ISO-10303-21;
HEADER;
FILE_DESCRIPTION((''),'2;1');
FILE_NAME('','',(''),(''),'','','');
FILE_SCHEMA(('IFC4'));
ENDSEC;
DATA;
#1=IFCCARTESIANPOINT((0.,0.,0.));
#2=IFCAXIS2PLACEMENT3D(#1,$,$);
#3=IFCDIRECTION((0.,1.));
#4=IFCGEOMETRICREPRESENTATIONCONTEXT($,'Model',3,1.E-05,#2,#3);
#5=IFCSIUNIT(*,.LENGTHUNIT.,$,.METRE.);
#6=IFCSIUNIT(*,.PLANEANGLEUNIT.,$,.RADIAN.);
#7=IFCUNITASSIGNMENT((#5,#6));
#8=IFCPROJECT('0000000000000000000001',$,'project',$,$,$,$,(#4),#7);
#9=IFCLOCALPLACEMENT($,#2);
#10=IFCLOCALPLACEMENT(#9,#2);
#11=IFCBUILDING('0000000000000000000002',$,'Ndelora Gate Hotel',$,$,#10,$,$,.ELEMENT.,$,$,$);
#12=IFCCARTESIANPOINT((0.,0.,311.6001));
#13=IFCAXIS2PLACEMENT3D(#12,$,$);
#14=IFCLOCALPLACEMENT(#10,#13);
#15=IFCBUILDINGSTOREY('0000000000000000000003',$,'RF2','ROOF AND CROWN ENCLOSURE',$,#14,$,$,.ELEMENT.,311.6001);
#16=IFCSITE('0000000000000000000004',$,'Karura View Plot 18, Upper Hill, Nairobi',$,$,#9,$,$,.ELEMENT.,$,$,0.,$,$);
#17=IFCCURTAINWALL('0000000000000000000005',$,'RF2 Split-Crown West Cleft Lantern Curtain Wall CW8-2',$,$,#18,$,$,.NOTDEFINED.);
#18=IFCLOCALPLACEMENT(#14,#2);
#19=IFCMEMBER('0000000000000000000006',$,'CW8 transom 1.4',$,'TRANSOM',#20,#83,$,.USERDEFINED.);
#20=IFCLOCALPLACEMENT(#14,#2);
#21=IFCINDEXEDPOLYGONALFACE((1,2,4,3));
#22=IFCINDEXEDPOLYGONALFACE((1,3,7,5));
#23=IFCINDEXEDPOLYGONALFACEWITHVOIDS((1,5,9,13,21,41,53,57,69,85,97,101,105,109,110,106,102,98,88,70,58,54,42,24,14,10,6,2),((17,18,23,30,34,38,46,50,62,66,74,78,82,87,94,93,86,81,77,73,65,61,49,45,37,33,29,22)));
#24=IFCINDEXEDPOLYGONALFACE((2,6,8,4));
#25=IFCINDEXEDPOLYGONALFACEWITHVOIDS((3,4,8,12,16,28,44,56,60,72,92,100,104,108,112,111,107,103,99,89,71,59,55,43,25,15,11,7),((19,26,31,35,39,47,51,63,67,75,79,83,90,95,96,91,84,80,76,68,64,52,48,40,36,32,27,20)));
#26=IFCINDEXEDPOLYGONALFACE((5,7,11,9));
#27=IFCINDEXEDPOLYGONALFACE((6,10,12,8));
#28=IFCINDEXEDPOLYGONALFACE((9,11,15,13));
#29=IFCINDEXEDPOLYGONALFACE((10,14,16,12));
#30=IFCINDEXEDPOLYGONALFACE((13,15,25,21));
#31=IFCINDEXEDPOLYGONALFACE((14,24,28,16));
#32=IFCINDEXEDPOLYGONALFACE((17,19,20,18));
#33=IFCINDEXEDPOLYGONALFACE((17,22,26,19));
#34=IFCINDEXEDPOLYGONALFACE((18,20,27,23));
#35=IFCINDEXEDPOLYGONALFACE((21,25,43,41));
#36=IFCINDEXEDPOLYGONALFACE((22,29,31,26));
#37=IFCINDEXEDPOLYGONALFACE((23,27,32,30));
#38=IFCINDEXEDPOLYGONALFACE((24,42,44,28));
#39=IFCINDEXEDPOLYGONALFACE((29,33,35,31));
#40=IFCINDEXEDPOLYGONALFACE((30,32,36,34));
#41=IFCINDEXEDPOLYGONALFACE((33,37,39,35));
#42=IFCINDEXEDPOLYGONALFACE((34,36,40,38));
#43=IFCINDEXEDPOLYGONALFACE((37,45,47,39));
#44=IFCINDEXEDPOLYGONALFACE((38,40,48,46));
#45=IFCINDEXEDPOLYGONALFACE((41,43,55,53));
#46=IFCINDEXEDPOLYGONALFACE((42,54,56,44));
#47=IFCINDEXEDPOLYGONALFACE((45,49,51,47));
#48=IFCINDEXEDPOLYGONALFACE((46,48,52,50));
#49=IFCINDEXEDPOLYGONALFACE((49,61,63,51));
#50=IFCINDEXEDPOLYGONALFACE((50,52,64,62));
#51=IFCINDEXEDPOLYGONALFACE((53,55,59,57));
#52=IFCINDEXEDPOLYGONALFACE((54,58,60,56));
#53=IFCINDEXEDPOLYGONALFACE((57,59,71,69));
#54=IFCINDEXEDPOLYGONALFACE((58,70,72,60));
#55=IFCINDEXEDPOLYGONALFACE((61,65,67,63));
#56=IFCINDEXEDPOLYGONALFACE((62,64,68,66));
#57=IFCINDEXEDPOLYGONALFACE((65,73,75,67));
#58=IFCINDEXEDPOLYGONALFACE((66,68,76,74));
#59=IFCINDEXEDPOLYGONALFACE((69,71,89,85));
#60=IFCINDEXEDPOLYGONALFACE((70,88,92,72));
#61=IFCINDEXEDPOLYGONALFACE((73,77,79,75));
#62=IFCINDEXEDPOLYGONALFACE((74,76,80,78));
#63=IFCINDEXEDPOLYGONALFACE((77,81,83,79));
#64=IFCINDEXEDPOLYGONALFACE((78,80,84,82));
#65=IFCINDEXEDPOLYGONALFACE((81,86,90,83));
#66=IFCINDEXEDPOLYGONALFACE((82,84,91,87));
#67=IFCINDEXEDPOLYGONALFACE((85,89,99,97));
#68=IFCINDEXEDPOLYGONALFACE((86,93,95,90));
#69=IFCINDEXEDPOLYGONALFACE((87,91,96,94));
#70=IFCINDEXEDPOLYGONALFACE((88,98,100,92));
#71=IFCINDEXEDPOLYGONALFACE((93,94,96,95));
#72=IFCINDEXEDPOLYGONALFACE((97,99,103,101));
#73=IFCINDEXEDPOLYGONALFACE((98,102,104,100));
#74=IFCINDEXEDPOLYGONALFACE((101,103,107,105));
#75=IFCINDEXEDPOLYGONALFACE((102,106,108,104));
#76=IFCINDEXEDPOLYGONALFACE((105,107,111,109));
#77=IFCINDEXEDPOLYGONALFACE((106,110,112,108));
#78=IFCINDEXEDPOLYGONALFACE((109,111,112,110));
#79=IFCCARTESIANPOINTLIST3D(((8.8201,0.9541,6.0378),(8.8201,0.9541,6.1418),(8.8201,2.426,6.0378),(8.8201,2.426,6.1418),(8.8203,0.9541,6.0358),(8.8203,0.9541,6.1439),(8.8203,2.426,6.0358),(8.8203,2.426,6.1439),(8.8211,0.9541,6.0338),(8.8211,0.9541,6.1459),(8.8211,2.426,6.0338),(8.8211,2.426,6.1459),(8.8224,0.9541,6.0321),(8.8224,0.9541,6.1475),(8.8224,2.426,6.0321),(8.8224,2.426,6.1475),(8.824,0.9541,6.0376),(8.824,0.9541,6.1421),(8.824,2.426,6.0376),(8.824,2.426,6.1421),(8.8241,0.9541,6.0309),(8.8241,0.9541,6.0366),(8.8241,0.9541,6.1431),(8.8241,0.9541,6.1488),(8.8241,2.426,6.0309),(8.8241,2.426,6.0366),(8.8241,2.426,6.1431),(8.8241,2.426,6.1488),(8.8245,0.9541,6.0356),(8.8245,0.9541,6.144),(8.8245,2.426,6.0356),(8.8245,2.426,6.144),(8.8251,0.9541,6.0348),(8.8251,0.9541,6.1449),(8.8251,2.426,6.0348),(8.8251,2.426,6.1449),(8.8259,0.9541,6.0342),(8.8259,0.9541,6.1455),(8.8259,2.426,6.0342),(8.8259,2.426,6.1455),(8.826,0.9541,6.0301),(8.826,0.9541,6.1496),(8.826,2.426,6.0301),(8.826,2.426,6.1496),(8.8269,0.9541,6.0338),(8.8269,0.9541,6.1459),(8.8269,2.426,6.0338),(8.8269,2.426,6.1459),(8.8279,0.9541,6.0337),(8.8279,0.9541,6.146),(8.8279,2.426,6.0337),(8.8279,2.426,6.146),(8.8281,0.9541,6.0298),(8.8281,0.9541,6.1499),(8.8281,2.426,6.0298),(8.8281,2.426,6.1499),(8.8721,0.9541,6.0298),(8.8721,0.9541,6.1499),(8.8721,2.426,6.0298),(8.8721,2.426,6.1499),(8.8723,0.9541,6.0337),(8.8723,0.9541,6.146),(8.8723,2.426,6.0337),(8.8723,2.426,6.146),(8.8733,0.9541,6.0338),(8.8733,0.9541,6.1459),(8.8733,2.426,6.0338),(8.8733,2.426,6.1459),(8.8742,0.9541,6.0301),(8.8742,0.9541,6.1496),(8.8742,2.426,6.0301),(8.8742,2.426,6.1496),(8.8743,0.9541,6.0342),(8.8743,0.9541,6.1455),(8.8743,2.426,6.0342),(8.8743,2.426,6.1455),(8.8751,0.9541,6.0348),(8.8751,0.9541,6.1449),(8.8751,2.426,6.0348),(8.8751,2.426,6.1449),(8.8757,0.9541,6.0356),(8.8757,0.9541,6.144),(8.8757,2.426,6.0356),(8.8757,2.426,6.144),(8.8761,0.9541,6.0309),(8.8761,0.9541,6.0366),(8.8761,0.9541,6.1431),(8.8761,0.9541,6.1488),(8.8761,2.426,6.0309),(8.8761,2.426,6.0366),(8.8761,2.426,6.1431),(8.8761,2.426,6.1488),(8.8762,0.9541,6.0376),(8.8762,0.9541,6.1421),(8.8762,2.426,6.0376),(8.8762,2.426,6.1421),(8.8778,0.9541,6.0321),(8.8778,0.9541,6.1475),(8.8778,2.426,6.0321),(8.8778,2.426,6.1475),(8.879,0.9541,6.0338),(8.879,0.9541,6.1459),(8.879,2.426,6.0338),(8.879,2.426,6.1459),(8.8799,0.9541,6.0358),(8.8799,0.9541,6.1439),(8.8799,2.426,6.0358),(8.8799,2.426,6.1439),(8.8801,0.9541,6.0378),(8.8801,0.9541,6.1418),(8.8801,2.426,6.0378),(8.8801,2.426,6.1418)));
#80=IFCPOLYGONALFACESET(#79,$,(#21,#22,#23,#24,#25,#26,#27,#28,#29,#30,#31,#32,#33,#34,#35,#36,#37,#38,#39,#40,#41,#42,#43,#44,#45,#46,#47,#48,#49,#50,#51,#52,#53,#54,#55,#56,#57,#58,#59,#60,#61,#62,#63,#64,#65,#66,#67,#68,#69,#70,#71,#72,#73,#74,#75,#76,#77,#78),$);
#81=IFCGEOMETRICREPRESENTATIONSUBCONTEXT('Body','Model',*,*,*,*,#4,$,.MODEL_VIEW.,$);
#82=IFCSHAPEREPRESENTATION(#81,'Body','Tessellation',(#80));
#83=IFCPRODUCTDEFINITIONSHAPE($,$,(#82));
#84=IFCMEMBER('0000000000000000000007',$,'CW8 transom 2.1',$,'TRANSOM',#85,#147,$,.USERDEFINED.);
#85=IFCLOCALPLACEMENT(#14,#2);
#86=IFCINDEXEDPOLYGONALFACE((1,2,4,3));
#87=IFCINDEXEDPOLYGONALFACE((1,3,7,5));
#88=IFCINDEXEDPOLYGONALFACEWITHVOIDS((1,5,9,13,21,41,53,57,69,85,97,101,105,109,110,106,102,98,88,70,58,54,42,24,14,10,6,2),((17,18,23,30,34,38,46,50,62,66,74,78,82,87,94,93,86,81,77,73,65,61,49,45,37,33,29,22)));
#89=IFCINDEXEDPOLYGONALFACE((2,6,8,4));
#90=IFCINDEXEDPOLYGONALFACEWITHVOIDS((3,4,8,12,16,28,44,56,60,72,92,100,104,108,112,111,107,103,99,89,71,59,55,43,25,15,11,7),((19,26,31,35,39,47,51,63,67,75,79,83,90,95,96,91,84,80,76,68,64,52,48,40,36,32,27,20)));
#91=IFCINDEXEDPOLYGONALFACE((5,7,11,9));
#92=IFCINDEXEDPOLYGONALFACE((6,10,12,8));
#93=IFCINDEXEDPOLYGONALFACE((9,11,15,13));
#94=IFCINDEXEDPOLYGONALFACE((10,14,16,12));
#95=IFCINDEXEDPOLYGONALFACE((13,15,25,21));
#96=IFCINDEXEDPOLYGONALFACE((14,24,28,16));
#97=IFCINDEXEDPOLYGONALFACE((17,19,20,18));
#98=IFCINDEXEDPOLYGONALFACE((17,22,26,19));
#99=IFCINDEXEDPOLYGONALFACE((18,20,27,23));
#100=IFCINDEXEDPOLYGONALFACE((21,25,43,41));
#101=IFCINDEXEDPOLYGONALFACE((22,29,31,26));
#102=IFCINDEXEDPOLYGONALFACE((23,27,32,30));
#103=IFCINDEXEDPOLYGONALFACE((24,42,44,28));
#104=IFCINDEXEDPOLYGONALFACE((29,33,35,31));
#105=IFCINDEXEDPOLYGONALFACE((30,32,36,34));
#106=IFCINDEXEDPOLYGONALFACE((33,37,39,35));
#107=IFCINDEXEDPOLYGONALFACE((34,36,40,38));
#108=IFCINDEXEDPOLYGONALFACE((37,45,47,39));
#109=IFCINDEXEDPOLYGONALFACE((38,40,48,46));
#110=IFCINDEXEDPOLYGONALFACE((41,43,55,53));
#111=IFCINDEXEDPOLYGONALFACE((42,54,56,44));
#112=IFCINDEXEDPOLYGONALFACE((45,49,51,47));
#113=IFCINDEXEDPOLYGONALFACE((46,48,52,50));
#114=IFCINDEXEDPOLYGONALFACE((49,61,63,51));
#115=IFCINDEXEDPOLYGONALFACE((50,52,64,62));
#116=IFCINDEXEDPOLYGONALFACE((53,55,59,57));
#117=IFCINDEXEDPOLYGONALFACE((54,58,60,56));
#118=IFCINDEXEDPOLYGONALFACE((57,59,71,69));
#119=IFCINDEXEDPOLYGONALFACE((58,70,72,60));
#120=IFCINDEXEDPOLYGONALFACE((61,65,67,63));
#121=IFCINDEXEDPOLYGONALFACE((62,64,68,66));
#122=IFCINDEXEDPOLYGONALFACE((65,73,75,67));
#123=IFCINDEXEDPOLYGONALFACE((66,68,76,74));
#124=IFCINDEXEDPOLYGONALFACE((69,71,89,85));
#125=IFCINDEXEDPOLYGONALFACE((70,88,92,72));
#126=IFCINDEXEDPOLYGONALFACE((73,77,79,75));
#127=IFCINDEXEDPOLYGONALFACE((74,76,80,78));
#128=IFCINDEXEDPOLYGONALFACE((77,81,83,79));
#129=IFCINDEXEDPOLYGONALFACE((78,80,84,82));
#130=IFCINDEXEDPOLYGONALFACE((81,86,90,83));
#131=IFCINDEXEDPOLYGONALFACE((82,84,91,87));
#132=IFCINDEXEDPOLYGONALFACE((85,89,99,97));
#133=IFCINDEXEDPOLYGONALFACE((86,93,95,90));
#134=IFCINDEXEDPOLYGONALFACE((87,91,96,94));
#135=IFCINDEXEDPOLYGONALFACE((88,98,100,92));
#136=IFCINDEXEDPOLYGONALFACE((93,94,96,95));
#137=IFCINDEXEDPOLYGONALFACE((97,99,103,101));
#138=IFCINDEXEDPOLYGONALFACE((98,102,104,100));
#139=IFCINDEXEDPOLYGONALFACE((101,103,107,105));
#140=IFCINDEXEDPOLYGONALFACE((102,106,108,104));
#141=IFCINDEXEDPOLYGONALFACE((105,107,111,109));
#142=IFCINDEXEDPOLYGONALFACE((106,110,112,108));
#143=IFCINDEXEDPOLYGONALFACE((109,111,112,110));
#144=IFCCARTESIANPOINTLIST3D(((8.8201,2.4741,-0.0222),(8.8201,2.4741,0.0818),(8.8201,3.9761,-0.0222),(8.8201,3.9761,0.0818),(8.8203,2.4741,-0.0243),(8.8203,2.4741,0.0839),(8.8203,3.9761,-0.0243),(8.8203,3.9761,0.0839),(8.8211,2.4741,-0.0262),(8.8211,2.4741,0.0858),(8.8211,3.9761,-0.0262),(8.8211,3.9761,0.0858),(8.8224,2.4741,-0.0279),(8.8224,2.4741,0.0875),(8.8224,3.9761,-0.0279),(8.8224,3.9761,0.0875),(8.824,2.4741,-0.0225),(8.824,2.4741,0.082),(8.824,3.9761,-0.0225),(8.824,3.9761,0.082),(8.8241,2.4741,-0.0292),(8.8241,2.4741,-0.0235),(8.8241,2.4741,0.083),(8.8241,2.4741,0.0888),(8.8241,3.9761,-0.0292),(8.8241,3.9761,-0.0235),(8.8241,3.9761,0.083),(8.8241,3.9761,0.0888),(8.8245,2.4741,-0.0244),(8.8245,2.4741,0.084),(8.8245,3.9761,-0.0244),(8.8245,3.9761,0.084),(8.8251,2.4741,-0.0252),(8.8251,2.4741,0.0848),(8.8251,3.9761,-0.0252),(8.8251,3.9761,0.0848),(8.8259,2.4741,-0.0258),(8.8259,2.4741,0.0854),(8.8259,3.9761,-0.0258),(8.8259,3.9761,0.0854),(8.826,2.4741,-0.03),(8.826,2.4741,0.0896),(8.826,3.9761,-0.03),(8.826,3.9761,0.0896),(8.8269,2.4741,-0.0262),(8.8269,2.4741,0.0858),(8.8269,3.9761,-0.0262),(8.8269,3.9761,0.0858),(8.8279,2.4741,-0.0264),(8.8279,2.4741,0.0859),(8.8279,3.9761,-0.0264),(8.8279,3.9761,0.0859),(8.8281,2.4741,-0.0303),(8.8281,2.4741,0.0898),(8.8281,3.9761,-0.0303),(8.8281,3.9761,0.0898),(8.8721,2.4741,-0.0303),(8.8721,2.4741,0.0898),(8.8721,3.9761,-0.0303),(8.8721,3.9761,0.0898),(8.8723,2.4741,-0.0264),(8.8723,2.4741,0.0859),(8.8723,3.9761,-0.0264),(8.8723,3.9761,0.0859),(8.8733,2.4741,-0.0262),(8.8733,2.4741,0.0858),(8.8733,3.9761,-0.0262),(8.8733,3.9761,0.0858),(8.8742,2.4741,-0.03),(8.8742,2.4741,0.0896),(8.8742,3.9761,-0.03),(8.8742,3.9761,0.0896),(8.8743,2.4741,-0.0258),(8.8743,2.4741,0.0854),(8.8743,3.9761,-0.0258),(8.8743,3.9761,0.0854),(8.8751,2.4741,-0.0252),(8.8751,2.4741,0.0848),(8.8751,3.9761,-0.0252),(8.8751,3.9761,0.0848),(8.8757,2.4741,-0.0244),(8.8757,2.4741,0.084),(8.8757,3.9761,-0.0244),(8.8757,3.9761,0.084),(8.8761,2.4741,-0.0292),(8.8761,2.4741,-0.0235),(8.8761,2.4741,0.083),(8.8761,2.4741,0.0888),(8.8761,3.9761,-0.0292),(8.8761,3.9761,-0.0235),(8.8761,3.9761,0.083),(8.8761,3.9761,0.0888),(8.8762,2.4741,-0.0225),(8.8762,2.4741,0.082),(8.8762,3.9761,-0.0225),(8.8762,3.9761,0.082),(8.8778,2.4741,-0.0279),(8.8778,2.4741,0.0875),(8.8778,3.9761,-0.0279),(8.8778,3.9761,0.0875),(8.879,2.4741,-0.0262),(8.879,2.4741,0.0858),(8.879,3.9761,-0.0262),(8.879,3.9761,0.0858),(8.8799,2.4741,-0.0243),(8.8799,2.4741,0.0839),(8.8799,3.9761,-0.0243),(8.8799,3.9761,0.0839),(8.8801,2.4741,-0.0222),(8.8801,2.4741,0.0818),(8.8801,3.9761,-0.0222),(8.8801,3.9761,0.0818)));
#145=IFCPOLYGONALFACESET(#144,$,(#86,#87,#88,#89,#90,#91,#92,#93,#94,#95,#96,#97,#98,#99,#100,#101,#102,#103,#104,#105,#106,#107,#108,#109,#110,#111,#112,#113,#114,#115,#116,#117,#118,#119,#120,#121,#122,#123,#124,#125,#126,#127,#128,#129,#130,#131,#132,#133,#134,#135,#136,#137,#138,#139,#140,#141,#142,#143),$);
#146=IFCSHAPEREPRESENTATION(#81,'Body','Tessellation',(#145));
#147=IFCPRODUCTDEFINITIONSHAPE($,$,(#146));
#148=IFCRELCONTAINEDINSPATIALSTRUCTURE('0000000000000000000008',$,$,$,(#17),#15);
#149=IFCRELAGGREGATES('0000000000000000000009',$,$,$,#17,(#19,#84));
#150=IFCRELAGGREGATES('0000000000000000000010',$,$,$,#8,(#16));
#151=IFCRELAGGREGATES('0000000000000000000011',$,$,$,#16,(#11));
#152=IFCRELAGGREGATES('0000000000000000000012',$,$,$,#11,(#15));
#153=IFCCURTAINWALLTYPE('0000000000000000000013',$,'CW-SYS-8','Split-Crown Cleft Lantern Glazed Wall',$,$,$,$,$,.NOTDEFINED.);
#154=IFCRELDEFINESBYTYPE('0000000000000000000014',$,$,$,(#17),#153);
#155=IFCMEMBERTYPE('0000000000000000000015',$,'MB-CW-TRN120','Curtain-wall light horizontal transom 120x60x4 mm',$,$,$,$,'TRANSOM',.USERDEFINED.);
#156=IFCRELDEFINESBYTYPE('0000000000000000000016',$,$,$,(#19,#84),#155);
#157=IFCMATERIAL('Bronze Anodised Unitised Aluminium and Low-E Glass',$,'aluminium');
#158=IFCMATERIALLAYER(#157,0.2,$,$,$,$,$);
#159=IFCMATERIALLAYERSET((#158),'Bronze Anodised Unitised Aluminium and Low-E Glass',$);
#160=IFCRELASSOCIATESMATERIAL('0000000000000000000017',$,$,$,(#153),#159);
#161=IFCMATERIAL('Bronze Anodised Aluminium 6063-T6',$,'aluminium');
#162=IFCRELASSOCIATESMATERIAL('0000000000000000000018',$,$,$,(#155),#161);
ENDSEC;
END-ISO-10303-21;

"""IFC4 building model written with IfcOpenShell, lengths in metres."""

from ifc_helpers import new_model, si_unit, direction, frame, origin, origin_2d, place, context, subcontext, project, spatial, hollow_rectangle, extrude, material, layer, layer_set, material_profile, profile_set, type_object, element, aggregate, save


model = new_model("IFC4")

# Units and contexts
model_context = context("Model", 3, precision=1e-05, world=origin(), true_north=direction((0.0, 1.0)))
body_context = subcontext(model_context, "Body", "Model", "MODEL_VIEW")
ifc_project = project(units=[si_unit("LENGTHUNIT", "METRE"), si_unit("PLANEANGLEUNIT", "RADIAN")], contexts=[model_context])

# Site, building, storey
site_placement = place(None, origin())
site = spatial("IfcSite", under=ifc_project, at=site_placement, Name="Karura View Plot 18, Upper Hill, Nairobi", CompositionType="ELEMENT", RefElevation=0.0)
building_placement = place(site_placement, origin())
building = spatial("IfcBuilding", under=site, at=building_placement, Name="Ndelora Gate Hotel", CompositionType="ELEMENT")
storey_placement = place(building_placement, frame((0.0, 0.0, 311.6001)))
storey = spatial("IfcBuildingStorey", under=building, at=storey_placement, Name="RF2", Description="ROOF AND CROWN ENCLOSURE", CompositionType="ELEMENT", Elevation=311.6001)

# Curtain wall, members
ifc_material_1 = material(Name="Bronze Anodised Unitised Aluminium and Low-E Glass", Category="aluminium")
ifc_layer_1 = layer(ifc_material_1, 0.2)
ifc_layer_set_1 = layer_set([ifc_layer_1], Name="Bronze Anodised Unitised Aluminium and Low-E Glass")
curtain_wall_type = type_object("IfcCurtainWallType", Name="CW-SYS-8", Description="Split-Crown Cleft Lantern Glazed Wall", PredefinedType="NOTDEFINED", material=ifc_layer_set_1)
curtain_wall_placement = place(storey_placement, origin())
curtain_wall = element("IfcCurtainWall", 1, at=curtain_wall_placement, inside=storey, type_object=curtain_wall_type, Name="RF2 Split-Crown West Cleft Lantern Curtain Wall CW8-2", PredefinedType="NOTDEFINED")
ifc_material_2 = material(Name="Bronze Anodised Aluminium 6063-T6", Category="aluminium")
ifc_material_profile_1 = material_profile(ifc_material_2, hollow_rectangle(XDim=0.0601, YDim=0.1201, WallThickness=0.0039, InnerFilletRadius=0.0039, OuterFilletRadius=0.0081, at=origin_2d()), Name="ALU 120x60x4")
ifc_profile_set_1 = profile_set([ifc_material_profile_1], Name="Bronze Anodised Aluminium 6063-T6")
member_type_1 = type_object("IfcMemberType", Name="MB-CW-TRN120", Description="Curtain-wall light horizontal transom 120x60x4 mm", ElementType="TRANSOM", PredefinedType="USERDEFINED", material=ifc_profile_set_1)
member_1_placement = place(storey_placement, frame((8.8501, 0.9541, 6.0898), z_axis=(0.0, 1.0, 0.0), x_axis=(-1.0, 0.0, 0.0)))
member_1 = element("IfcMember", 2, at=member_1_placement, type_object=member_type_1, Name="CW8 transom 1.4", ObjectType="TRANSOM", PredefinedType="USERDEFINED", context=body_context, shape_type="SweptSolid", body=[
    extrude(hollow_rectangle(XDim=0.0601, YDim=0.1201, WallThickness=0.0039, InnerFilletRadius=0.0039, OuterFilletRadius=0.0081, at=origin_2d()), origin(), (0.0, 0.0, 1.0), 1.4719),
])
member_2_placement = place(storey_placement, frame((8.8501, 2.4741, 0.0298), z_axis=(0.0, 1.0, 0.0), x_axis=(-1.0, 0.0, 0.0)))
member_2 = element("IfcMember", 3, at=member_2_placement, type_object=member_type_1, Name="CW8 transom 2.1", ObjectType="TRANSOM", PredefinedType="USERDEFINED", context=body_context, shape_type="SweptSolid", body=[
    extrude(hollow_rectangle(XDim=0.0601, YDim=0.1201, WallThickness=0.0039, InnerFilletRadius=0.0039, OuterFilletRadius=0.0081, at=origin_2d()), origin(), (0.0, 0.0, 1.0), 1.502),
])
aggregate(curtain_wall, [member_1, member_2])

save(model, "model.ifc")
